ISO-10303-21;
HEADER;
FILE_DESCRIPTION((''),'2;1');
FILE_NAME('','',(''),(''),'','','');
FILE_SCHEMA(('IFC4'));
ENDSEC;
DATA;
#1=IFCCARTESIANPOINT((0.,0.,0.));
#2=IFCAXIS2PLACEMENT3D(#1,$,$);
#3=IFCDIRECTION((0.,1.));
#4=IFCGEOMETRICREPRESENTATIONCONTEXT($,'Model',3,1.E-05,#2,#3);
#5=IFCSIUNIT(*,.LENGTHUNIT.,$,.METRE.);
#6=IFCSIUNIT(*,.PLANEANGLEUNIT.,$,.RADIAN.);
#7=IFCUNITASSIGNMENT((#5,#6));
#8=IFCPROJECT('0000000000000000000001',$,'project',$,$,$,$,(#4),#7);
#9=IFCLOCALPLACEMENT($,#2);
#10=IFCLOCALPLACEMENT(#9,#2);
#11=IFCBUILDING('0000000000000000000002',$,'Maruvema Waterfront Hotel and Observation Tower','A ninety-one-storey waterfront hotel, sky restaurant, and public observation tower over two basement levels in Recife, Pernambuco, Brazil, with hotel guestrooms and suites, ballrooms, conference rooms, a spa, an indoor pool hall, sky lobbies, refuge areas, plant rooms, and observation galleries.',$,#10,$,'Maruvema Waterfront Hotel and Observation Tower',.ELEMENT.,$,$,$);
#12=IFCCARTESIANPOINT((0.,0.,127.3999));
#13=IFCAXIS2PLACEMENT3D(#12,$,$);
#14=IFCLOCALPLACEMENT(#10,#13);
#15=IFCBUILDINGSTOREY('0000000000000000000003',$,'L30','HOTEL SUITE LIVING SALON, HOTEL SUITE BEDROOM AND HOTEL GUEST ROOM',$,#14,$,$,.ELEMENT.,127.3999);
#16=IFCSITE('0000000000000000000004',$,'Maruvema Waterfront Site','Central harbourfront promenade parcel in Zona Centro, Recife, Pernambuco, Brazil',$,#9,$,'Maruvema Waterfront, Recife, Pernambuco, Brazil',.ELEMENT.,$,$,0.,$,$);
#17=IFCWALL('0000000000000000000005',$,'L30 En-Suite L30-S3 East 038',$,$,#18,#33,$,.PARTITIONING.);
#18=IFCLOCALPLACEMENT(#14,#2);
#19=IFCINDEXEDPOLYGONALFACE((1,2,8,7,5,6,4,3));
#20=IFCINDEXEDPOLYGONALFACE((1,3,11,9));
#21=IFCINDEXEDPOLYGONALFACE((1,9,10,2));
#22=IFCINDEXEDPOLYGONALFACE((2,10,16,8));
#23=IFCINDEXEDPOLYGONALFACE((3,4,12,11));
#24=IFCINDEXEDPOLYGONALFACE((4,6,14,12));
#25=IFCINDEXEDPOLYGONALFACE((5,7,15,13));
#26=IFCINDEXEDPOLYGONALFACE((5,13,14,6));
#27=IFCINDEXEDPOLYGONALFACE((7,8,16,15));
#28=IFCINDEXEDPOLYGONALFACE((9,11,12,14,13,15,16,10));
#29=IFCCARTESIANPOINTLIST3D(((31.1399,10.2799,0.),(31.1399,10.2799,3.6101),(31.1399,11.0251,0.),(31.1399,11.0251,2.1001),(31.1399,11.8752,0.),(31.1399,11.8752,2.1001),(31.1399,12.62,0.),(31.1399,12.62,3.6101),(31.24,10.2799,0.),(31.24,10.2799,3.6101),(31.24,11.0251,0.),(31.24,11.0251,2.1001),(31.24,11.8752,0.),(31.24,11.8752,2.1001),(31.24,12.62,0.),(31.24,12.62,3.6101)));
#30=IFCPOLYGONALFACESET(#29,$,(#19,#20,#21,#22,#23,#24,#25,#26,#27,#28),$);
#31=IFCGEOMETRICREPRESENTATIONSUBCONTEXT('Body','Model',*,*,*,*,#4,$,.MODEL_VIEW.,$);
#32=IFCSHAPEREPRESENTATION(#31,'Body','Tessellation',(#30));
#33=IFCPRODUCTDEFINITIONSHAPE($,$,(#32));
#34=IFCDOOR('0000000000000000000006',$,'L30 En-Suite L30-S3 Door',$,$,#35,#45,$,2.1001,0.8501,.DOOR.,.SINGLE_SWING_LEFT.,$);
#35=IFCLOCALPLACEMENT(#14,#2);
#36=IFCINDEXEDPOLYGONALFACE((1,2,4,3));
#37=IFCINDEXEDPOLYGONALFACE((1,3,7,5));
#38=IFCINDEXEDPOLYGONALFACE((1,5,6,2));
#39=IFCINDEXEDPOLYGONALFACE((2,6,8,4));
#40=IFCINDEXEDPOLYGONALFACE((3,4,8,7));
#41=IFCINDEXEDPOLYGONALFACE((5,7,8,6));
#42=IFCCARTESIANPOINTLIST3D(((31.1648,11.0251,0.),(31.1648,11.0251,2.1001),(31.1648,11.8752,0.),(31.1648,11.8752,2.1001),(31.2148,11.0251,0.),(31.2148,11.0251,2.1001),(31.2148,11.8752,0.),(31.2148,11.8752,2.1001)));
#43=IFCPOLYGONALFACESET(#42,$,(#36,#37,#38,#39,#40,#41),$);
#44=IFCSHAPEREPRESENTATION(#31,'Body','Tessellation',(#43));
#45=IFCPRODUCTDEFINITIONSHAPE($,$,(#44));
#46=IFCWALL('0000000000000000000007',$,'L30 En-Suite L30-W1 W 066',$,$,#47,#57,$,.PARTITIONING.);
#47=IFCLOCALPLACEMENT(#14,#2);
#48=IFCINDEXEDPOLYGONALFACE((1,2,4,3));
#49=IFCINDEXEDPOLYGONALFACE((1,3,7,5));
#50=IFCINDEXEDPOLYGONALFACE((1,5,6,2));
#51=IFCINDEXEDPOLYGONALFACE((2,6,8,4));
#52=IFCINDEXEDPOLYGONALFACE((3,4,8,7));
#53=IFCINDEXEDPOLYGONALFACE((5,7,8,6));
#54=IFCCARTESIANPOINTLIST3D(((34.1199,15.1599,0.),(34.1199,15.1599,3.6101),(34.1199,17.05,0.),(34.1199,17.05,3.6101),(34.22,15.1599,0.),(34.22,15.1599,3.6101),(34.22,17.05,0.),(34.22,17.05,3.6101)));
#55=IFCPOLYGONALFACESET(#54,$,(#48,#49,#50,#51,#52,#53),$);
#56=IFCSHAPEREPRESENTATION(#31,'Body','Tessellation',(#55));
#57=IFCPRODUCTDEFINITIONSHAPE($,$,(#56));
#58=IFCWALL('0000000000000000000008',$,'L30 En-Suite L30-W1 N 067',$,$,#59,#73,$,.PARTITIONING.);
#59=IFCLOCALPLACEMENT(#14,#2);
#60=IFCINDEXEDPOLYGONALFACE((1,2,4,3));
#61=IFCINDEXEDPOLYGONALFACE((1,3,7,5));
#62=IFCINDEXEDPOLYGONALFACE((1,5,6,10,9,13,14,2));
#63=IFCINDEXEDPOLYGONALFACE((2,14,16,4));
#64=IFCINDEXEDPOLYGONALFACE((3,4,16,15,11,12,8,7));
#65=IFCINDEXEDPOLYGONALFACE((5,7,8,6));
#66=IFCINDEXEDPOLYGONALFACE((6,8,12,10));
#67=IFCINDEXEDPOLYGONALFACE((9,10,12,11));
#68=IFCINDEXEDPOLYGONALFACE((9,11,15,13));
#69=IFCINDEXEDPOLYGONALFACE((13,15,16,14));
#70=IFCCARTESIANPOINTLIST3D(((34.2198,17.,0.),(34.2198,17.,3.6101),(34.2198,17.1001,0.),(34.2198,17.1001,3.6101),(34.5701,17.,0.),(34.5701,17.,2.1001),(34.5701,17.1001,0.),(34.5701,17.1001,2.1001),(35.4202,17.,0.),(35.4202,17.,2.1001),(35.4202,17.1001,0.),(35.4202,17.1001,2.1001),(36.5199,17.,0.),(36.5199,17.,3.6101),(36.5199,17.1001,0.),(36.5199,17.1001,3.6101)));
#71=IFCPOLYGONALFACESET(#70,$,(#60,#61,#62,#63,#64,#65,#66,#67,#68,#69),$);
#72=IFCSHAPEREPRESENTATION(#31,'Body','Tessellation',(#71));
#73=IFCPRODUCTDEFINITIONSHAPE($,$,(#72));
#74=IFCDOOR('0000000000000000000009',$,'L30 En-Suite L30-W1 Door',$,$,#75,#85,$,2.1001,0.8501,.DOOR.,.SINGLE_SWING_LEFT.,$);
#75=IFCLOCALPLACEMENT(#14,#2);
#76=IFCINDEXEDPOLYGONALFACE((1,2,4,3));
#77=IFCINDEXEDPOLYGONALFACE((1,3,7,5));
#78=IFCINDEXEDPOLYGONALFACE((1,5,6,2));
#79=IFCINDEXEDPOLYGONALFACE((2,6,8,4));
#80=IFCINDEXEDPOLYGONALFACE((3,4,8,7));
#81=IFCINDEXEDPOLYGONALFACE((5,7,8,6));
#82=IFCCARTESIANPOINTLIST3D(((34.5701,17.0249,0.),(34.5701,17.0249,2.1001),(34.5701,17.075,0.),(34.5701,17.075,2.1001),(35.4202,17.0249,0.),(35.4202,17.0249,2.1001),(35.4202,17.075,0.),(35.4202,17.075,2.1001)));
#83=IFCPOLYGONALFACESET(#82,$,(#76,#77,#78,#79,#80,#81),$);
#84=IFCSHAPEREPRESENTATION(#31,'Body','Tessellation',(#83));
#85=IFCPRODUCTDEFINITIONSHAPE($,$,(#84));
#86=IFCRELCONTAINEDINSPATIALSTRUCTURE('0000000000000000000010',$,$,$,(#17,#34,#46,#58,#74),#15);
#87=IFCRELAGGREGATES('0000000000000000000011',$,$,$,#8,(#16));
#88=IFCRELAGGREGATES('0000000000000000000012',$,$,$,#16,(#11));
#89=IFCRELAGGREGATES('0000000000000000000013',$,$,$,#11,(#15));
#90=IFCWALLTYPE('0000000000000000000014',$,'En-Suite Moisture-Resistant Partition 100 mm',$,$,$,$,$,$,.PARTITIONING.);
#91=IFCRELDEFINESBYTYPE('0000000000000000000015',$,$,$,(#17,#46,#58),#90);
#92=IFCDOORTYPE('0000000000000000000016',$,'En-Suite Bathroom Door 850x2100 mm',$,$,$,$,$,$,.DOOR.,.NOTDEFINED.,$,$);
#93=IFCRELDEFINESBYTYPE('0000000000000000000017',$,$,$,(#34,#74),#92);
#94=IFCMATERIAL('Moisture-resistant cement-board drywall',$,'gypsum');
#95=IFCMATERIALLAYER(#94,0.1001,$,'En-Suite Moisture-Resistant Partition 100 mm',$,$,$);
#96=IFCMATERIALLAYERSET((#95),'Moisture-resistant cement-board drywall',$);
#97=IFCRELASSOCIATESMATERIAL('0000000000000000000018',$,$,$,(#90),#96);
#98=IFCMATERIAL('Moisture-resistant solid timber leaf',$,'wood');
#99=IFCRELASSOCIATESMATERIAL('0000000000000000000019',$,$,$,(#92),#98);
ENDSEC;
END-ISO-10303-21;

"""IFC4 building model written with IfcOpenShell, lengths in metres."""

from ifc_helpers import new_model, si_unit, direction, frame, frame_2d, origin, place, context, subcontext, project, spatial, rectangle, extrude, material, layer, layer_set, type_object, element, fill, save


model = new_model("IFC4")

# Units and contexts
model_context = context("Model", 3, precision=1e-05, world=origin(), true_north=direction((0.0, 1.0)))
body_context = subcontext(model_context, "Body", "Model", "MODEL_VIEW")
ifc_project = project(units=[si_unit("LENGTHUNIT", "METRE"), si_unit("PLANEANGLEUNIT", "RADIAN")], contexts=[model_context])

# Site, building, storey
site_placement = place(None, origin())
site = spatial("IfcSite", under=ifc_project, at=site_placement, Name="Maruvema Waterfront Site", Description="Central harbourfront promenade parcel in Zona Centro, Recife, Pernambuco, Brazil", LongName="Maruvema Waterfront, Recife, Pernambuco, Brazil", CompositionType="ELEMENT", RefElevation=0.0)
building_placement = place(site_placement, origin())
building = spatial("IfcBuilding", under=site, at=building_placement, Name="Maruvema Waterfront Hotel and Observation Tower", Description="A ninety-one-storey waterfront hotel, sky restaurant, and public observation tower over two basement levels in Recife, Pernambuco, Brazil, with hotel guestrooms and suites, ballrooms, conference rooms, a spa, an indoor pool hall, sky lobbies, refuge areas, plant rooms, and observation galleries.", LongName="Maruvema Waterfront Hotel and Observation Tower", CompositionType="ELEMENT")
storey_placement = place(building_placement, frame((0.0, 0.0, 127.3999)))
storey = spatial("IfcBuildingStorey", under=building, at=storey_placement, Name="L30", Description="HOTEL SUITE LIVING SALON, HOTEL SUITE BEDROOM AND HOTEL GUEST ROOM", CompositionType="ELEMENT", Elevation=127.3999)

# Wall, opening, door
ifc_material_1 = material(Name="Moisture-resistant cement-board drywall", Category="gypsum")
ifc_layer_1 = layer(ifc_material_1, 0.1001, Name="En-Suite Moisture-Resistant Partition 100 mm")
ifc_layer_set_1 = layer_set([ifc_layer_1], Name="Moisture-resistant cement-board drywall")
wall_type_1 = type_object("IfcWallType", Name="En-Suite Moisture-Resistant Partition 100 mm", PredefinedType="PARTITIONING", material=ifc_layer_set_1)
ifc_material_2 = material(Name="Moisture-resistant solid timber leaf", Category="wood")
door_type_1 = type_object("IfcDoorType", Name="En-Suite Bathroom Door 850x2100 mm", OperationType="NOTDEFINED", PredefinedType="DOOR", material=ifc_material_2)
wall_1_placement = place(storey_placement, frame((31.1899, 10.28, 0.0), z_axis=(0.0, 0.0, 1.0), x_axis=(0.0, 1.0, 0.0)))
wall_1 = element("IfcWall", 1, at=wall_1_placement, inside=storey, type_object=wall_type_1, Name="L30 En-Suite L30-S3 East 038", PredefinedType="PARTITIONING", context=body_context, shape_type="SweptSolid", body=[
    extrude(rectangle(XDim=2.3401, YDim=0.1001, at=frame_2d((1.1699, 0.0))), origin(), (0.0, 0.0, 1.0), 3.6101),
])
opening_1_placement = place(wall_1_placement, frame((0.7451, 0.0, 0.0)))
opening_1 = element("IfcOpeningElement", 2, at=opening_1_placement, cuts=wall_1, PredefinedType="OPENING", context=body_context, shape_type="SweptSolid", body=[
    extrude(rectangle(XDim=0.8501, YDim=2.1001, at=frame_2d((0.425, 1.05))), frame((0.0, 0.0601, 0.0), z_axis=(0.0, -1.0, 0.0), x_axis=(1.0, 0.0, 0.0)), (0.0, 0.0, 1.0), 0.1201),
])
door_1_placement = place(opening_1_placement, frame((0.8501, 0.0, 0.0), z_axis=(0.0, 0.0, 1.0), x_axis=(-1.0, 0.0, 0.0)))
door_1 = element("IfcDoor", 3, at=door_1_placement, inside=storey, type_object=door_type_1, Name="L30 En-Suite L30-S3 Door", OperationType="SINGLE_SWING_LEFT", OverallHeight=2.1001, OverallWidth=0.8501, PredefinedType="DOOR", context=body_context, shape_type="SweptSolid", body=[
    extrude(rectangle(XDim=0.8501, YDim=2.1001, at=frame_2d((0.425, 1.05))), frame((0.0, 0.0249, 0.0), z_axis=(0.0, -1.0, 0.0), x_axis=(1.0, 0.0, 0.0)), (0.0, 0.0, 1.0), 0.05),
])
fill(opening_1, door_1)

# Wall
wall_2_placement = place(storey_placement, frame((34.1699, 15.1599, 0.0), z_axis=(0.0, 0.0, 1.0), x_axis=(0.0, 1.0, 0.0)))
element("IfcWall", 4, at=wall_2_placement, inside=storey, type_object=wall_type_1, Name="L30 En-Suite L30-W1 W 066", PredefinedType="PARTITIONING", context=body_context, shape_type="SweptSolid", body=[
    extrude(rectangle(XDim=1.8901, YDim=0.1001, at=frame_2d((0.9451, 0.0))), origin(), (0.0, 0.0, 1.0), 3.6101),
])

# Wall, opening, door
wall_3_placement = place(storey_placement, frame((34.22, 17.05, 0.0), z_axis=(0.0, 0.0, 1.0), x_axis=(1.0, 0.0, 0.0)))
wall_3 = element("IfcWall", 5, at=wall_3_placement, inside=storey, type_object=wall_type_1, Name="L30 En-Suite L30-W1 N 067", PredefinedType="PARTITIONING", context=body_context, shape_type="SweptSolid", body=[
    extrude(rectangle(XDim=2.3, YDim=0.1001, at=frame_2d((1.1499, 0.0))), origin(), (0.0, 0.0, 1.0), 3.6101),
])
opening_2_placement = place(wall_3_placement, frame((0.3501, 0.0, 0.0)))
opening_2 = element("IfcOpeningElement", 6, at=opening_2_placement, cuts=wall_3, PredefinedType="OPENING", context=body_context, shape_type="SweptSolid", body=[
    extrude(rectangle(XDim=0.8501, YDim=2.1001, at=frame_2d((0.425, 1.05))), frame((0.0, 0.0601, 0.0), z_axis=(0.0, -1.0, 0.0), x_axis=(1.0, 0.0, 0.0)), (0.0, 0.0, 1.0), 0.1201),
])
door_2_placement = place(opening_2_placement, origin())
door_2 = element("IfcDoor", 7, at=door_2_placement, inside=storey, type_object=door_type_1, Name="L30 En-Suite L30-W1 Door", OperationType="SINGLE_SWING_LEFT", OverallHeight=2.1001, OverallWidth=0.8501, PredefinedType="DOOR", context=body_context, shape_type="SweptSolid", body=[
    extrude(rectangle(XDim=0.8501, YDim=2.1001, at=frame_2d((0.425, 1.05))), frame((0.0, 0.0249, 0.0), z_axis=(0.0, -1.0, 0.0), x_axis=(1.0, 0.0, 0.0)), (0.0, 0.0, 1.0), 0.05),
])
fill(opening_2, door_2)

save(model, "model.ifc")
